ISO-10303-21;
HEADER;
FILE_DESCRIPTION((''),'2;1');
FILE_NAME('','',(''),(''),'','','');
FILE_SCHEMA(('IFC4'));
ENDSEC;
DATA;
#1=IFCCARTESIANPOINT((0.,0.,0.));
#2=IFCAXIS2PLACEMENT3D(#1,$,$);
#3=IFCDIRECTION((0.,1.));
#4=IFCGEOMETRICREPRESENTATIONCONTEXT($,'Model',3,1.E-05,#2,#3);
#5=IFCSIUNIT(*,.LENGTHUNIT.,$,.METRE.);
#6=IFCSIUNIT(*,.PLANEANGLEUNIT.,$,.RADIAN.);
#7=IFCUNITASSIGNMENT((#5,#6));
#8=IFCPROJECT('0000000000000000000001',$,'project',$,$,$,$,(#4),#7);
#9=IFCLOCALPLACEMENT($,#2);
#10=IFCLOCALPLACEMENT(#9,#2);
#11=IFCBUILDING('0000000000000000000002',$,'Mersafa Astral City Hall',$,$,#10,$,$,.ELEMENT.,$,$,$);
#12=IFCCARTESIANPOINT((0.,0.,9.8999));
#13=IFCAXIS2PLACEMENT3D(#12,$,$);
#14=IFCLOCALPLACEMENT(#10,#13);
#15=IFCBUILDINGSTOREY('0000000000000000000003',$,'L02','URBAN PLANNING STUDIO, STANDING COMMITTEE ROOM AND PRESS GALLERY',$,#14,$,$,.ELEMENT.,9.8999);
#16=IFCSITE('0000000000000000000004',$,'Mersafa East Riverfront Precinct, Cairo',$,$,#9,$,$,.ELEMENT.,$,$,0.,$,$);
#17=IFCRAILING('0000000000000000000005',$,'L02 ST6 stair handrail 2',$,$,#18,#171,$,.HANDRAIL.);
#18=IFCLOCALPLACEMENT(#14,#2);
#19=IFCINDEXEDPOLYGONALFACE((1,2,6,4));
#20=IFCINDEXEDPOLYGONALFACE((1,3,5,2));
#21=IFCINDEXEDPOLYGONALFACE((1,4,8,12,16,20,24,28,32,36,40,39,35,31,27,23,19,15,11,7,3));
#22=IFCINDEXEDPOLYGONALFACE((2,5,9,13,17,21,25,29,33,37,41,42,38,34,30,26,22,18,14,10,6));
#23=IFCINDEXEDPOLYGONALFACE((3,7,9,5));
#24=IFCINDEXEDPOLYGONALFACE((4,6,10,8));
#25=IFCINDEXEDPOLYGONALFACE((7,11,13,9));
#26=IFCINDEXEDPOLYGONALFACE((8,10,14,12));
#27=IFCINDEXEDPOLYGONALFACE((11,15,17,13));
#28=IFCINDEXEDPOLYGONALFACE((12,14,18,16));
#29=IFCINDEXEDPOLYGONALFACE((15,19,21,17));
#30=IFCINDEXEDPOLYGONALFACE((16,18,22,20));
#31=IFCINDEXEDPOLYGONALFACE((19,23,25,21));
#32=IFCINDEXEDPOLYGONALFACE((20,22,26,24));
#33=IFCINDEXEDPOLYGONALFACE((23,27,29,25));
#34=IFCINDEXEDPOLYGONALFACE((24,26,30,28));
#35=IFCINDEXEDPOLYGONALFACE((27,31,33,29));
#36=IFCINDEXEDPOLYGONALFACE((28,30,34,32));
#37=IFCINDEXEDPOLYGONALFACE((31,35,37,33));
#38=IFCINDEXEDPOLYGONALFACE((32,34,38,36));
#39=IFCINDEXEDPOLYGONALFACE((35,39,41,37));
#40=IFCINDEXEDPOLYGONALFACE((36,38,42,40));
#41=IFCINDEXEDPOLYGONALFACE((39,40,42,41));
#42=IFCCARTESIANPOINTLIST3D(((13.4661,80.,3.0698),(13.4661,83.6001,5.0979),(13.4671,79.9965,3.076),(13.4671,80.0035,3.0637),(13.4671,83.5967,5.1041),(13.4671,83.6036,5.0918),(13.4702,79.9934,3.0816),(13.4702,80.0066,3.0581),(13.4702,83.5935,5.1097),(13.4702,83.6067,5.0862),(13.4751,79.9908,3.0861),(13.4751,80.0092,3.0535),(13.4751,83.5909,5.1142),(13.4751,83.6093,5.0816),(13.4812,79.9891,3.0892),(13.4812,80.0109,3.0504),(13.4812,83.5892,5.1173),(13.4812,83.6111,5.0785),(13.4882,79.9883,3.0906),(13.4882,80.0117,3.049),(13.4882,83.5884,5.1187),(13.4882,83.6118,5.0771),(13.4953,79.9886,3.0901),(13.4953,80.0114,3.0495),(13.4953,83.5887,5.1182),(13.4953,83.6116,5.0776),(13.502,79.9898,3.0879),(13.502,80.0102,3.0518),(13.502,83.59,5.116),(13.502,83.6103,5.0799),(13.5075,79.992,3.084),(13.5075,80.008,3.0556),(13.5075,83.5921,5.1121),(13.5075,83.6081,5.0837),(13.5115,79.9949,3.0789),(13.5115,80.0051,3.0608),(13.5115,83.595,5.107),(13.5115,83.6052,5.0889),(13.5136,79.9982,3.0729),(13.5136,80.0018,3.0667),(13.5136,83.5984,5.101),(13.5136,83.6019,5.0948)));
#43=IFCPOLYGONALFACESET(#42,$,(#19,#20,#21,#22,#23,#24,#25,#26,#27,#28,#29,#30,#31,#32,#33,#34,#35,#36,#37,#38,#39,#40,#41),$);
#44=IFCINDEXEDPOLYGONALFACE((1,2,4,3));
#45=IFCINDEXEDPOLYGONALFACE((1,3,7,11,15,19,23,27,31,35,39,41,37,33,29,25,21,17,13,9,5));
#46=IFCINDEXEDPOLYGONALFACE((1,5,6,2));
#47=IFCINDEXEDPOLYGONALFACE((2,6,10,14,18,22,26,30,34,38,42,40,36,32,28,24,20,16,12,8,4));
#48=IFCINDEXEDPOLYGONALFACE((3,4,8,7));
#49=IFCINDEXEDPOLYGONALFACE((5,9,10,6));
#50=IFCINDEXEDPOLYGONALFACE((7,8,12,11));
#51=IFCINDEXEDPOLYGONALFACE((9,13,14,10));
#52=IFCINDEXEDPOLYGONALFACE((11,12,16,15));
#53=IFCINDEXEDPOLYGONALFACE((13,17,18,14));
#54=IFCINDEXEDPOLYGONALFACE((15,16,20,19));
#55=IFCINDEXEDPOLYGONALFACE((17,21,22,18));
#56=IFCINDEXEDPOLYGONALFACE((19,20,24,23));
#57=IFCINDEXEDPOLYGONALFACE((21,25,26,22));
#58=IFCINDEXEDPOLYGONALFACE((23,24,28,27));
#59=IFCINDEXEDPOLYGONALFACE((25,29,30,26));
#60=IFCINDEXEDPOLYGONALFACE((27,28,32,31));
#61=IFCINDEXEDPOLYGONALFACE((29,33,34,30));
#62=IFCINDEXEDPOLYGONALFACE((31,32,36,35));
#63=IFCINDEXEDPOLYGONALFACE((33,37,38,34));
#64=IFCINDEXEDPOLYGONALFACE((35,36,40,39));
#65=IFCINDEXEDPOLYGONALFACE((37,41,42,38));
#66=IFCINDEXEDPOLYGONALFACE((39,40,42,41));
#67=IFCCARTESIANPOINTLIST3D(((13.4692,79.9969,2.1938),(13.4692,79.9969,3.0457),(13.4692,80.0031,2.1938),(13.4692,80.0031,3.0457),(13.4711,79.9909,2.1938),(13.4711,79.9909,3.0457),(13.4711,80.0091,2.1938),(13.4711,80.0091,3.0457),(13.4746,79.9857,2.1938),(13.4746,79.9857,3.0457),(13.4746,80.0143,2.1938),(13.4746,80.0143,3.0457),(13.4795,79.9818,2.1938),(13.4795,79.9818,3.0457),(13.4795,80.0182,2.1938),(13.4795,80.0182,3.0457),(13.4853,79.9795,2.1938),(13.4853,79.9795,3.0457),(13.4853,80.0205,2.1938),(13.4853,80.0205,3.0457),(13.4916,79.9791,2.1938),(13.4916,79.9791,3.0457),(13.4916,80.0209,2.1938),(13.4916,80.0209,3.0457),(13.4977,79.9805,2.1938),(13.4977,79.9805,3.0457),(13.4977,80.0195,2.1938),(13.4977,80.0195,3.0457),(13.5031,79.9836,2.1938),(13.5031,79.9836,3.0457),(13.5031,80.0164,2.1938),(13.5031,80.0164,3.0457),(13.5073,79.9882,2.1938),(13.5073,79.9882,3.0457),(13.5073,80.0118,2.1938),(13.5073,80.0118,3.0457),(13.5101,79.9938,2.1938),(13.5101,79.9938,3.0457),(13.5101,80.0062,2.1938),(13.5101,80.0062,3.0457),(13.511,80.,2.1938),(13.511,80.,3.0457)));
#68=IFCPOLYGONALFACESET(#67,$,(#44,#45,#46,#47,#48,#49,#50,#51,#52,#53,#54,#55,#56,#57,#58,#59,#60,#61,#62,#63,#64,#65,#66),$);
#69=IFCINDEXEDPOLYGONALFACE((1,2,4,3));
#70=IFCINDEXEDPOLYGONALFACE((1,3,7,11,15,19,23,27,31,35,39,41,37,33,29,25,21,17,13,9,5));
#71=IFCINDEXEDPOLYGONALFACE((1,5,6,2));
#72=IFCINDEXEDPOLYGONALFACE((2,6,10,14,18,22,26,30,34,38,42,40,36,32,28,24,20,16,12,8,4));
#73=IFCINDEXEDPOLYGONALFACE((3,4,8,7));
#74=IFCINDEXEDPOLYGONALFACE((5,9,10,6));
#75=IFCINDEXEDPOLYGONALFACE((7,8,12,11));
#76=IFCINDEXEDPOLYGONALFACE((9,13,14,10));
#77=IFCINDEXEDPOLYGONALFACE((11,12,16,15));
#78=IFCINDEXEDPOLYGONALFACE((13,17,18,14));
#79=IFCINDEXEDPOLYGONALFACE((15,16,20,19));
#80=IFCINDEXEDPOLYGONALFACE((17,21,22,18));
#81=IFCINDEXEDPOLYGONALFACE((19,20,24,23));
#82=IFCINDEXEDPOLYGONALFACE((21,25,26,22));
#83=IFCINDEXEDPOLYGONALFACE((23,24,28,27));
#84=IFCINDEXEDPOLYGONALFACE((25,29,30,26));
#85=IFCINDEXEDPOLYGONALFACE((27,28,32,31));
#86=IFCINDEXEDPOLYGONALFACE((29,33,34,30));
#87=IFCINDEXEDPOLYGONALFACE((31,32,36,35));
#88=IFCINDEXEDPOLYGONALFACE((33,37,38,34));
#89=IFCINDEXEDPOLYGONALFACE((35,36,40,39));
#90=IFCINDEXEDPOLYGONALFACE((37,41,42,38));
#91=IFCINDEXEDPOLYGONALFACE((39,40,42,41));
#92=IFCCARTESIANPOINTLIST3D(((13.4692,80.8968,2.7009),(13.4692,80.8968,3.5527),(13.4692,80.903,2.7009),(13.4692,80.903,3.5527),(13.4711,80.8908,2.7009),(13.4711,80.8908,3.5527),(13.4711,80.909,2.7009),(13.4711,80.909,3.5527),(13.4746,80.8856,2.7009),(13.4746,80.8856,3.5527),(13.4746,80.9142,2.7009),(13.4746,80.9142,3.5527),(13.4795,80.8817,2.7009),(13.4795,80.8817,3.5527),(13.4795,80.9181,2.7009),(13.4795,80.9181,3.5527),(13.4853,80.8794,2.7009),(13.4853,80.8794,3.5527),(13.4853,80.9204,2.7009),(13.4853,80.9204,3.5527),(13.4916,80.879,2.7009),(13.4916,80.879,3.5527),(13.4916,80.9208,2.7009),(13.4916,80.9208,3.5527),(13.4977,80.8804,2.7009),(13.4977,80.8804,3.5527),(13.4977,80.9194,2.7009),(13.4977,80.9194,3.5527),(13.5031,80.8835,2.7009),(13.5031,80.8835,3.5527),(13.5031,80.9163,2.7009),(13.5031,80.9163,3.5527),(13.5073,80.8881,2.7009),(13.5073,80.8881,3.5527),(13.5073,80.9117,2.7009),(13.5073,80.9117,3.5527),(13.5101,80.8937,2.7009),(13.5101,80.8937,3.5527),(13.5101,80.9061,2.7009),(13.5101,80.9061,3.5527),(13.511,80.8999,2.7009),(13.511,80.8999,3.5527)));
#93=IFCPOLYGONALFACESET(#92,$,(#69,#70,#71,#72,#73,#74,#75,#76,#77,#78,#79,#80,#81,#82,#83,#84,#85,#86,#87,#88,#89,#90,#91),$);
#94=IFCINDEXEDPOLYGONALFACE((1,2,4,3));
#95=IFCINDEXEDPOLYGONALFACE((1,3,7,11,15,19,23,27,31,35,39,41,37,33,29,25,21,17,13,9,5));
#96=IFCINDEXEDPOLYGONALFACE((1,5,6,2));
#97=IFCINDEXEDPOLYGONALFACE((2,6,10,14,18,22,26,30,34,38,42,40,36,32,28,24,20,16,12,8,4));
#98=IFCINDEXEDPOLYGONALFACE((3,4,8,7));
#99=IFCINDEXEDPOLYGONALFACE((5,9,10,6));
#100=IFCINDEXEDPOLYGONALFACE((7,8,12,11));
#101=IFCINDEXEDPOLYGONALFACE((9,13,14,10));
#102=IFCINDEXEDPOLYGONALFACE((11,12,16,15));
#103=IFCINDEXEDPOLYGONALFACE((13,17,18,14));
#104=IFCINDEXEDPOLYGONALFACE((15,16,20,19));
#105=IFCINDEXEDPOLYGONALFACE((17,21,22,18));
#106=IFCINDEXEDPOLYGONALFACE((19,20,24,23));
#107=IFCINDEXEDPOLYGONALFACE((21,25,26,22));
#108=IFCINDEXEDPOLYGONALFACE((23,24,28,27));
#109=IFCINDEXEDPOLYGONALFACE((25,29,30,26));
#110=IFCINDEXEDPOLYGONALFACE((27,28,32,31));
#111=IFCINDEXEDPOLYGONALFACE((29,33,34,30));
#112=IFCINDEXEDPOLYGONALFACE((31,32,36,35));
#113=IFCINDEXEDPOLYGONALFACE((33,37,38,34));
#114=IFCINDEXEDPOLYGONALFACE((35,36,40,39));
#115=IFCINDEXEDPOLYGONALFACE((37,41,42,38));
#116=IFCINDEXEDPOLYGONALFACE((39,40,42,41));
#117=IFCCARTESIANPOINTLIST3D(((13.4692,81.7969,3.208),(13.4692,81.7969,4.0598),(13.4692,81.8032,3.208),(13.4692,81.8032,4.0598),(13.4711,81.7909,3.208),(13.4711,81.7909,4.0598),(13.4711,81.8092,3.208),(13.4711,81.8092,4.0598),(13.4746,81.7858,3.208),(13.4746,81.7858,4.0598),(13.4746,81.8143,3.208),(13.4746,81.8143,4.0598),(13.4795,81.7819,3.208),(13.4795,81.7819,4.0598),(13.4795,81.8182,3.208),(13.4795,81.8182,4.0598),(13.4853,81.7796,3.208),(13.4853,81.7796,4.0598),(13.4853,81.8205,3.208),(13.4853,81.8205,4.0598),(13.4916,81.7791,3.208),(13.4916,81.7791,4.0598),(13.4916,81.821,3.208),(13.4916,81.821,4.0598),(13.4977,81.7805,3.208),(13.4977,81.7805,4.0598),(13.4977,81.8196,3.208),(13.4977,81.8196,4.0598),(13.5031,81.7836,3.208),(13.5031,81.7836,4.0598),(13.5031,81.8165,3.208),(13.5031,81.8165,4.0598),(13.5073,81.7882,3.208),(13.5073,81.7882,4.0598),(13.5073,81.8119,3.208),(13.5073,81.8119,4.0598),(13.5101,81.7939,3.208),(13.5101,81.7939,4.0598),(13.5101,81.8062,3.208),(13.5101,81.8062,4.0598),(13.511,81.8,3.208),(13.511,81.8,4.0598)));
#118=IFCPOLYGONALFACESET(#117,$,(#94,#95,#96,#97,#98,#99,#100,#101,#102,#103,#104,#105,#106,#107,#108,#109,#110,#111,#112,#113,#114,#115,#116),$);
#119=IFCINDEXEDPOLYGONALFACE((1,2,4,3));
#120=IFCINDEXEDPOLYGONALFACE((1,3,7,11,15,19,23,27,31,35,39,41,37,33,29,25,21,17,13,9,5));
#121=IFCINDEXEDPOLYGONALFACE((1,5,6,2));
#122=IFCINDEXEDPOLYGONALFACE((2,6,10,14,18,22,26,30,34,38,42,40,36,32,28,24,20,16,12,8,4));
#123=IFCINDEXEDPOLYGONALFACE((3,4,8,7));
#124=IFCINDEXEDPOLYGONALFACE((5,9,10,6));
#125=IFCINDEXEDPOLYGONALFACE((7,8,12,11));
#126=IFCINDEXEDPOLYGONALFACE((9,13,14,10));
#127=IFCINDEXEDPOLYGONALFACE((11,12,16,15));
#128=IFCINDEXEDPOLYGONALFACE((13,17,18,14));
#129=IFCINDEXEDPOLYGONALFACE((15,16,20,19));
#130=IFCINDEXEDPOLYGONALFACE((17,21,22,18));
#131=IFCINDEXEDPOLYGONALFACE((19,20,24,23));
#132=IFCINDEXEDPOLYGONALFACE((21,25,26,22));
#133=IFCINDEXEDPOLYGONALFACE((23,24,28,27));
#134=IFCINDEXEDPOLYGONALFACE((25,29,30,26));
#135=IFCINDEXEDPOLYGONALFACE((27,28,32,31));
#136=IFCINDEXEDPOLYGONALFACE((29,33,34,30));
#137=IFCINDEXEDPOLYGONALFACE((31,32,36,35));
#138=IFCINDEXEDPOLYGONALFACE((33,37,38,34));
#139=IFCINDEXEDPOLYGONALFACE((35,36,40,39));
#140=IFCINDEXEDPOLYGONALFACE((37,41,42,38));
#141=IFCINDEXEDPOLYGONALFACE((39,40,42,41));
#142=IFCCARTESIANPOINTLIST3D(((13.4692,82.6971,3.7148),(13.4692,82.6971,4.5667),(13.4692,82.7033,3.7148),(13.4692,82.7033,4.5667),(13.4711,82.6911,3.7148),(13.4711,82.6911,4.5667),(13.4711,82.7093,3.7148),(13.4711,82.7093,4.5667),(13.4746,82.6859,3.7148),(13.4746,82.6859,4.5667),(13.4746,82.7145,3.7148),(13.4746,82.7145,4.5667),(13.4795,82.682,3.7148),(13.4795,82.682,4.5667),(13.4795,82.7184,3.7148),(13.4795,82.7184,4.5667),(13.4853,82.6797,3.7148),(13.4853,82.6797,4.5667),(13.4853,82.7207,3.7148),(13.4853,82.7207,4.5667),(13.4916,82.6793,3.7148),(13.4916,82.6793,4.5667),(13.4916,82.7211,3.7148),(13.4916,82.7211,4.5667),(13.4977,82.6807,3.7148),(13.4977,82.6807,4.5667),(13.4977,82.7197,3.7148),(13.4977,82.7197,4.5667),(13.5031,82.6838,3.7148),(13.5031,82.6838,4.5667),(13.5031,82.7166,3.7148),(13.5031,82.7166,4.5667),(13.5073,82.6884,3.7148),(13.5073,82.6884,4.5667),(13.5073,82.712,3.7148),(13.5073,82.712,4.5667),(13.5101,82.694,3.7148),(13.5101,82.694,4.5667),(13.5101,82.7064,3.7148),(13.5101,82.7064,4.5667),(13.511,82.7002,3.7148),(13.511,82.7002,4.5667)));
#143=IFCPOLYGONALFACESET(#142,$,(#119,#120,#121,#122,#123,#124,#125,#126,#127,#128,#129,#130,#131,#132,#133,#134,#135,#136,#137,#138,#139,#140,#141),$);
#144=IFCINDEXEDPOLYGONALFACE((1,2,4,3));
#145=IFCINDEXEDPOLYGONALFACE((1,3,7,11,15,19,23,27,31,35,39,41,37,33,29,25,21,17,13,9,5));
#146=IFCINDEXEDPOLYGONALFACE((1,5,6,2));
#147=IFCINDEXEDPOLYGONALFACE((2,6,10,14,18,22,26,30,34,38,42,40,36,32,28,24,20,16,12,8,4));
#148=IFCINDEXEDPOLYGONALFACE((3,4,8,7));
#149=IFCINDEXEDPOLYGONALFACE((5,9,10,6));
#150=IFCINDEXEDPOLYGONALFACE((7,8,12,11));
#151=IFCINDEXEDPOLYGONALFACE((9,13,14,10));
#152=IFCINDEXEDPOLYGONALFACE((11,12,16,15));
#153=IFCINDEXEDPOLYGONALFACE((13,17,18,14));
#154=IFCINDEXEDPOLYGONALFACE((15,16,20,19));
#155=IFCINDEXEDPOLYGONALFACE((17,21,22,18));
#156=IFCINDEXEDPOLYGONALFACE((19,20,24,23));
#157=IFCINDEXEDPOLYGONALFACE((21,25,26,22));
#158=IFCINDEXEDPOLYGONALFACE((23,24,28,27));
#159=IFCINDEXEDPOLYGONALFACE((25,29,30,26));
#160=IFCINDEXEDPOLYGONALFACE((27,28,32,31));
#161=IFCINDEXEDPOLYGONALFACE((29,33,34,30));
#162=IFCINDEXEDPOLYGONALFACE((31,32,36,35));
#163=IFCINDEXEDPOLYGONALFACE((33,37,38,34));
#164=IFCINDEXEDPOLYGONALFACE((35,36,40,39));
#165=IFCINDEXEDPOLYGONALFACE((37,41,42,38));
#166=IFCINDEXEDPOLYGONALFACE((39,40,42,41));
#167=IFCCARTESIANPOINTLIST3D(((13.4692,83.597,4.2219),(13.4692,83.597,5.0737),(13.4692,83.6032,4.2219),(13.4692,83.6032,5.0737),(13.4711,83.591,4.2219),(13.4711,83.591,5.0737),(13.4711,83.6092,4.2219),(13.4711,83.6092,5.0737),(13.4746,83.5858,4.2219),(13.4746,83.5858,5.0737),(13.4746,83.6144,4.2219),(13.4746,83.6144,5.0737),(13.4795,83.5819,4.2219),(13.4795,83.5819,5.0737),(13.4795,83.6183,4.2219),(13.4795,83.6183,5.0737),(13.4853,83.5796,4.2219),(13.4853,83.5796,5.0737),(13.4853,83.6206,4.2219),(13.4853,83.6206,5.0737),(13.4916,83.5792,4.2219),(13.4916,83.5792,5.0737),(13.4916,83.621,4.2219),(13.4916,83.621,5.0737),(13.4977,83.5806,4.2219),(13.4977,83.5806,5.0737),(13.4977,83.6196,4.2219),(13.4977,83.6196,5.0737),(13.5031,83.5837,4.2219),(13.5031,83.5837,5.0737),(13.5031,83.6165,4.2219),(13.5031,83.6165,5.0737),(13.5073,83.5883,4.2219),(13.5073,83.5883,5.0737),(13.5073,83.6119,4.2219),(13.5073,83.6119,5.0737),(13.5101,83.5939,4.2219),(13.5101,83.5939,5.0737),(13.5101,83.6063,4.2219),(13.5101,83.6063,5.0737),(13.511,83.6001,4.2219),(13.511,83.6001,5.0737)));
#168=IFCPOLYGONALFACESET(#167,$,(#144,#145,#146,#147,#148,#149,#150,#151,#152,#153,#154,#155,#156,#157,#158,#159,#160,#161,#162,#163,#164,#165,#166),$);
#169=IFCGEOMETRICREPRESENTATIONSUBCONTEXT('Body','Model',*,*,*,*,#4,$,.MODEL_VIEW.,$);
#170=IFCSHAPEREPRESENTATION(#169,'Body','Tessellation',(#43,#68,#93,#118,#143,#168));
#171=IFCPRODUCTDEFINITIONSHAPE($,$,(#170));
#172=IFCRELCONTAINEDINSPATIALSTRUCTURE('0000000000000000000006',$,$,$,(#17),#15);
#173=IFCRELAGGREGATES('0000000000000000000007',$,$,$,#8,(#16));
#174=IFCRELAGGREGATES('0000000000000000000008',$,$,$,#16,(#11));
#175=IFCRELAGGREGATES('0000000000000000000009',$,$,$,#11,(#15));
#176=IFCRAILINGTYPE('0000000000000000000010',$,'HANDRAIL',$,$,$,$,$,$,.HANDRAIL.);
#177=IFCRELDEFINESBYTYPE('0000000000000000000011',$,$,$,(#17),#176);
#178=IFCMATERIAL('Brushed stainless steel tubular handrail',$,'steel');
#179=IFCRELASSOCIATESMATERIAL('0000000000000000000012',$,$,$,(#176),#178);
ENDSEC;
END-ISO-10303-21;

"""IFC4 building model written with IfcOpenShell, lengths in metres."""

from ifc_helpers import new_model, si_unit, direction, frame, origin, origin_2d, place, context, subcontext, project, spatial, circle, extrude, material, type_object, element, save


model = new_model("IFC4")

# Units and contexts
model_context = context("Model", 3, precision=1e-05, world=origin(), true_north=direction((0.0, 1.0)))
body_context = subcontext(model_context, "Body", "Model", "MODEL_VIEW")
ifc_project = project(units=[si_unit("LENGTHUNIT", "METRE"), si_unit("PLANEANGLEUNIT", "RADIAN")], contexts=[model_context])

# Site, building, storey
site_placement = place(None, origin())
site = spatial("IfcSite", under=ifc_project, at=site_placement, Name="Mersafa East Riverfront Precinct, Cairo", CompositionType="ELEMENT", RefElevation=0.0)
building_placement = place(site_placement, origin())
building = spatial("IfcBuilding", under=site, at=building_placement, Name="Mersafa Astral City Hall", CompositionType="ELEMENT")
storey_placement = place(building_placement, frame((0.0, 0.0, 9.8999)))
storey = spatial("IfcBuildingStorey", under=building, at=storey_placement, Name="L02", Description="URBAN PLANNING STUDIO, STANDING COMMITTEE ROOM AND PRESS GALLERY", CompositionType="ELEMENT", Elevation=9.8999)

# Railing
ifc_material_1 = material(Name="Brushed stainless steel tubular handrail", Category="steel")
railing_type_1 = type_object("IfcRailingType", Name="HANDRAIL", PredefinedType="HANDRAIL", material=ifc_material_1)
railing_1_placement = place(storey_placement, frame((13.49, 80.0, 2.1938)))
element("IfcRailing", 1, at=railing_1_placement, inside=storey, type_object=railing_type_1, Name="L02 ST6 stair handrail 2", PredefinedType="HANDRAIL", context=body_context, shape_type="SweptSolid", body=[
    extrude(circle(Radius=0.0239, at=origin_2d()), frame((0.0, 0.0, 0.876), z_axis=(0.0, 0.871263, 0.490817), x_axis=(-1.0, 0.0, 0.0)), (0.0, 0.0, 1.0), 4.1321),
    extrude(circle(Radius=0.021, at=origin_2d()), origin(), (0.0, 0.0, 1.0), 0.8518),
    extrude(circle(Radius=0.021, at=origin_2d()), frame((0.0, 0.8999, 0.5071)), (0.0, 0.0, 1.0), 0.8518),
    extrude(circle(Radius=0.021, at=origin_2d()), frame((0.0, 1.8, 1.0142)), (0.0, 0.0, 1.0), 0.8518),
    extrude(circle(Radius=0.021, at=origin_2d()), frame((0.0, 2.7002, 1.521)), (0.0, 0.0, 1.0), 0.8518),
    extrude(circle(Radius=0.021, at=origin_2d()), frame((0.0, 3.6001, 2.0281)), (0.0, 0.0, 1.0), 0.8518),
])

save(model, "model.ifc")
